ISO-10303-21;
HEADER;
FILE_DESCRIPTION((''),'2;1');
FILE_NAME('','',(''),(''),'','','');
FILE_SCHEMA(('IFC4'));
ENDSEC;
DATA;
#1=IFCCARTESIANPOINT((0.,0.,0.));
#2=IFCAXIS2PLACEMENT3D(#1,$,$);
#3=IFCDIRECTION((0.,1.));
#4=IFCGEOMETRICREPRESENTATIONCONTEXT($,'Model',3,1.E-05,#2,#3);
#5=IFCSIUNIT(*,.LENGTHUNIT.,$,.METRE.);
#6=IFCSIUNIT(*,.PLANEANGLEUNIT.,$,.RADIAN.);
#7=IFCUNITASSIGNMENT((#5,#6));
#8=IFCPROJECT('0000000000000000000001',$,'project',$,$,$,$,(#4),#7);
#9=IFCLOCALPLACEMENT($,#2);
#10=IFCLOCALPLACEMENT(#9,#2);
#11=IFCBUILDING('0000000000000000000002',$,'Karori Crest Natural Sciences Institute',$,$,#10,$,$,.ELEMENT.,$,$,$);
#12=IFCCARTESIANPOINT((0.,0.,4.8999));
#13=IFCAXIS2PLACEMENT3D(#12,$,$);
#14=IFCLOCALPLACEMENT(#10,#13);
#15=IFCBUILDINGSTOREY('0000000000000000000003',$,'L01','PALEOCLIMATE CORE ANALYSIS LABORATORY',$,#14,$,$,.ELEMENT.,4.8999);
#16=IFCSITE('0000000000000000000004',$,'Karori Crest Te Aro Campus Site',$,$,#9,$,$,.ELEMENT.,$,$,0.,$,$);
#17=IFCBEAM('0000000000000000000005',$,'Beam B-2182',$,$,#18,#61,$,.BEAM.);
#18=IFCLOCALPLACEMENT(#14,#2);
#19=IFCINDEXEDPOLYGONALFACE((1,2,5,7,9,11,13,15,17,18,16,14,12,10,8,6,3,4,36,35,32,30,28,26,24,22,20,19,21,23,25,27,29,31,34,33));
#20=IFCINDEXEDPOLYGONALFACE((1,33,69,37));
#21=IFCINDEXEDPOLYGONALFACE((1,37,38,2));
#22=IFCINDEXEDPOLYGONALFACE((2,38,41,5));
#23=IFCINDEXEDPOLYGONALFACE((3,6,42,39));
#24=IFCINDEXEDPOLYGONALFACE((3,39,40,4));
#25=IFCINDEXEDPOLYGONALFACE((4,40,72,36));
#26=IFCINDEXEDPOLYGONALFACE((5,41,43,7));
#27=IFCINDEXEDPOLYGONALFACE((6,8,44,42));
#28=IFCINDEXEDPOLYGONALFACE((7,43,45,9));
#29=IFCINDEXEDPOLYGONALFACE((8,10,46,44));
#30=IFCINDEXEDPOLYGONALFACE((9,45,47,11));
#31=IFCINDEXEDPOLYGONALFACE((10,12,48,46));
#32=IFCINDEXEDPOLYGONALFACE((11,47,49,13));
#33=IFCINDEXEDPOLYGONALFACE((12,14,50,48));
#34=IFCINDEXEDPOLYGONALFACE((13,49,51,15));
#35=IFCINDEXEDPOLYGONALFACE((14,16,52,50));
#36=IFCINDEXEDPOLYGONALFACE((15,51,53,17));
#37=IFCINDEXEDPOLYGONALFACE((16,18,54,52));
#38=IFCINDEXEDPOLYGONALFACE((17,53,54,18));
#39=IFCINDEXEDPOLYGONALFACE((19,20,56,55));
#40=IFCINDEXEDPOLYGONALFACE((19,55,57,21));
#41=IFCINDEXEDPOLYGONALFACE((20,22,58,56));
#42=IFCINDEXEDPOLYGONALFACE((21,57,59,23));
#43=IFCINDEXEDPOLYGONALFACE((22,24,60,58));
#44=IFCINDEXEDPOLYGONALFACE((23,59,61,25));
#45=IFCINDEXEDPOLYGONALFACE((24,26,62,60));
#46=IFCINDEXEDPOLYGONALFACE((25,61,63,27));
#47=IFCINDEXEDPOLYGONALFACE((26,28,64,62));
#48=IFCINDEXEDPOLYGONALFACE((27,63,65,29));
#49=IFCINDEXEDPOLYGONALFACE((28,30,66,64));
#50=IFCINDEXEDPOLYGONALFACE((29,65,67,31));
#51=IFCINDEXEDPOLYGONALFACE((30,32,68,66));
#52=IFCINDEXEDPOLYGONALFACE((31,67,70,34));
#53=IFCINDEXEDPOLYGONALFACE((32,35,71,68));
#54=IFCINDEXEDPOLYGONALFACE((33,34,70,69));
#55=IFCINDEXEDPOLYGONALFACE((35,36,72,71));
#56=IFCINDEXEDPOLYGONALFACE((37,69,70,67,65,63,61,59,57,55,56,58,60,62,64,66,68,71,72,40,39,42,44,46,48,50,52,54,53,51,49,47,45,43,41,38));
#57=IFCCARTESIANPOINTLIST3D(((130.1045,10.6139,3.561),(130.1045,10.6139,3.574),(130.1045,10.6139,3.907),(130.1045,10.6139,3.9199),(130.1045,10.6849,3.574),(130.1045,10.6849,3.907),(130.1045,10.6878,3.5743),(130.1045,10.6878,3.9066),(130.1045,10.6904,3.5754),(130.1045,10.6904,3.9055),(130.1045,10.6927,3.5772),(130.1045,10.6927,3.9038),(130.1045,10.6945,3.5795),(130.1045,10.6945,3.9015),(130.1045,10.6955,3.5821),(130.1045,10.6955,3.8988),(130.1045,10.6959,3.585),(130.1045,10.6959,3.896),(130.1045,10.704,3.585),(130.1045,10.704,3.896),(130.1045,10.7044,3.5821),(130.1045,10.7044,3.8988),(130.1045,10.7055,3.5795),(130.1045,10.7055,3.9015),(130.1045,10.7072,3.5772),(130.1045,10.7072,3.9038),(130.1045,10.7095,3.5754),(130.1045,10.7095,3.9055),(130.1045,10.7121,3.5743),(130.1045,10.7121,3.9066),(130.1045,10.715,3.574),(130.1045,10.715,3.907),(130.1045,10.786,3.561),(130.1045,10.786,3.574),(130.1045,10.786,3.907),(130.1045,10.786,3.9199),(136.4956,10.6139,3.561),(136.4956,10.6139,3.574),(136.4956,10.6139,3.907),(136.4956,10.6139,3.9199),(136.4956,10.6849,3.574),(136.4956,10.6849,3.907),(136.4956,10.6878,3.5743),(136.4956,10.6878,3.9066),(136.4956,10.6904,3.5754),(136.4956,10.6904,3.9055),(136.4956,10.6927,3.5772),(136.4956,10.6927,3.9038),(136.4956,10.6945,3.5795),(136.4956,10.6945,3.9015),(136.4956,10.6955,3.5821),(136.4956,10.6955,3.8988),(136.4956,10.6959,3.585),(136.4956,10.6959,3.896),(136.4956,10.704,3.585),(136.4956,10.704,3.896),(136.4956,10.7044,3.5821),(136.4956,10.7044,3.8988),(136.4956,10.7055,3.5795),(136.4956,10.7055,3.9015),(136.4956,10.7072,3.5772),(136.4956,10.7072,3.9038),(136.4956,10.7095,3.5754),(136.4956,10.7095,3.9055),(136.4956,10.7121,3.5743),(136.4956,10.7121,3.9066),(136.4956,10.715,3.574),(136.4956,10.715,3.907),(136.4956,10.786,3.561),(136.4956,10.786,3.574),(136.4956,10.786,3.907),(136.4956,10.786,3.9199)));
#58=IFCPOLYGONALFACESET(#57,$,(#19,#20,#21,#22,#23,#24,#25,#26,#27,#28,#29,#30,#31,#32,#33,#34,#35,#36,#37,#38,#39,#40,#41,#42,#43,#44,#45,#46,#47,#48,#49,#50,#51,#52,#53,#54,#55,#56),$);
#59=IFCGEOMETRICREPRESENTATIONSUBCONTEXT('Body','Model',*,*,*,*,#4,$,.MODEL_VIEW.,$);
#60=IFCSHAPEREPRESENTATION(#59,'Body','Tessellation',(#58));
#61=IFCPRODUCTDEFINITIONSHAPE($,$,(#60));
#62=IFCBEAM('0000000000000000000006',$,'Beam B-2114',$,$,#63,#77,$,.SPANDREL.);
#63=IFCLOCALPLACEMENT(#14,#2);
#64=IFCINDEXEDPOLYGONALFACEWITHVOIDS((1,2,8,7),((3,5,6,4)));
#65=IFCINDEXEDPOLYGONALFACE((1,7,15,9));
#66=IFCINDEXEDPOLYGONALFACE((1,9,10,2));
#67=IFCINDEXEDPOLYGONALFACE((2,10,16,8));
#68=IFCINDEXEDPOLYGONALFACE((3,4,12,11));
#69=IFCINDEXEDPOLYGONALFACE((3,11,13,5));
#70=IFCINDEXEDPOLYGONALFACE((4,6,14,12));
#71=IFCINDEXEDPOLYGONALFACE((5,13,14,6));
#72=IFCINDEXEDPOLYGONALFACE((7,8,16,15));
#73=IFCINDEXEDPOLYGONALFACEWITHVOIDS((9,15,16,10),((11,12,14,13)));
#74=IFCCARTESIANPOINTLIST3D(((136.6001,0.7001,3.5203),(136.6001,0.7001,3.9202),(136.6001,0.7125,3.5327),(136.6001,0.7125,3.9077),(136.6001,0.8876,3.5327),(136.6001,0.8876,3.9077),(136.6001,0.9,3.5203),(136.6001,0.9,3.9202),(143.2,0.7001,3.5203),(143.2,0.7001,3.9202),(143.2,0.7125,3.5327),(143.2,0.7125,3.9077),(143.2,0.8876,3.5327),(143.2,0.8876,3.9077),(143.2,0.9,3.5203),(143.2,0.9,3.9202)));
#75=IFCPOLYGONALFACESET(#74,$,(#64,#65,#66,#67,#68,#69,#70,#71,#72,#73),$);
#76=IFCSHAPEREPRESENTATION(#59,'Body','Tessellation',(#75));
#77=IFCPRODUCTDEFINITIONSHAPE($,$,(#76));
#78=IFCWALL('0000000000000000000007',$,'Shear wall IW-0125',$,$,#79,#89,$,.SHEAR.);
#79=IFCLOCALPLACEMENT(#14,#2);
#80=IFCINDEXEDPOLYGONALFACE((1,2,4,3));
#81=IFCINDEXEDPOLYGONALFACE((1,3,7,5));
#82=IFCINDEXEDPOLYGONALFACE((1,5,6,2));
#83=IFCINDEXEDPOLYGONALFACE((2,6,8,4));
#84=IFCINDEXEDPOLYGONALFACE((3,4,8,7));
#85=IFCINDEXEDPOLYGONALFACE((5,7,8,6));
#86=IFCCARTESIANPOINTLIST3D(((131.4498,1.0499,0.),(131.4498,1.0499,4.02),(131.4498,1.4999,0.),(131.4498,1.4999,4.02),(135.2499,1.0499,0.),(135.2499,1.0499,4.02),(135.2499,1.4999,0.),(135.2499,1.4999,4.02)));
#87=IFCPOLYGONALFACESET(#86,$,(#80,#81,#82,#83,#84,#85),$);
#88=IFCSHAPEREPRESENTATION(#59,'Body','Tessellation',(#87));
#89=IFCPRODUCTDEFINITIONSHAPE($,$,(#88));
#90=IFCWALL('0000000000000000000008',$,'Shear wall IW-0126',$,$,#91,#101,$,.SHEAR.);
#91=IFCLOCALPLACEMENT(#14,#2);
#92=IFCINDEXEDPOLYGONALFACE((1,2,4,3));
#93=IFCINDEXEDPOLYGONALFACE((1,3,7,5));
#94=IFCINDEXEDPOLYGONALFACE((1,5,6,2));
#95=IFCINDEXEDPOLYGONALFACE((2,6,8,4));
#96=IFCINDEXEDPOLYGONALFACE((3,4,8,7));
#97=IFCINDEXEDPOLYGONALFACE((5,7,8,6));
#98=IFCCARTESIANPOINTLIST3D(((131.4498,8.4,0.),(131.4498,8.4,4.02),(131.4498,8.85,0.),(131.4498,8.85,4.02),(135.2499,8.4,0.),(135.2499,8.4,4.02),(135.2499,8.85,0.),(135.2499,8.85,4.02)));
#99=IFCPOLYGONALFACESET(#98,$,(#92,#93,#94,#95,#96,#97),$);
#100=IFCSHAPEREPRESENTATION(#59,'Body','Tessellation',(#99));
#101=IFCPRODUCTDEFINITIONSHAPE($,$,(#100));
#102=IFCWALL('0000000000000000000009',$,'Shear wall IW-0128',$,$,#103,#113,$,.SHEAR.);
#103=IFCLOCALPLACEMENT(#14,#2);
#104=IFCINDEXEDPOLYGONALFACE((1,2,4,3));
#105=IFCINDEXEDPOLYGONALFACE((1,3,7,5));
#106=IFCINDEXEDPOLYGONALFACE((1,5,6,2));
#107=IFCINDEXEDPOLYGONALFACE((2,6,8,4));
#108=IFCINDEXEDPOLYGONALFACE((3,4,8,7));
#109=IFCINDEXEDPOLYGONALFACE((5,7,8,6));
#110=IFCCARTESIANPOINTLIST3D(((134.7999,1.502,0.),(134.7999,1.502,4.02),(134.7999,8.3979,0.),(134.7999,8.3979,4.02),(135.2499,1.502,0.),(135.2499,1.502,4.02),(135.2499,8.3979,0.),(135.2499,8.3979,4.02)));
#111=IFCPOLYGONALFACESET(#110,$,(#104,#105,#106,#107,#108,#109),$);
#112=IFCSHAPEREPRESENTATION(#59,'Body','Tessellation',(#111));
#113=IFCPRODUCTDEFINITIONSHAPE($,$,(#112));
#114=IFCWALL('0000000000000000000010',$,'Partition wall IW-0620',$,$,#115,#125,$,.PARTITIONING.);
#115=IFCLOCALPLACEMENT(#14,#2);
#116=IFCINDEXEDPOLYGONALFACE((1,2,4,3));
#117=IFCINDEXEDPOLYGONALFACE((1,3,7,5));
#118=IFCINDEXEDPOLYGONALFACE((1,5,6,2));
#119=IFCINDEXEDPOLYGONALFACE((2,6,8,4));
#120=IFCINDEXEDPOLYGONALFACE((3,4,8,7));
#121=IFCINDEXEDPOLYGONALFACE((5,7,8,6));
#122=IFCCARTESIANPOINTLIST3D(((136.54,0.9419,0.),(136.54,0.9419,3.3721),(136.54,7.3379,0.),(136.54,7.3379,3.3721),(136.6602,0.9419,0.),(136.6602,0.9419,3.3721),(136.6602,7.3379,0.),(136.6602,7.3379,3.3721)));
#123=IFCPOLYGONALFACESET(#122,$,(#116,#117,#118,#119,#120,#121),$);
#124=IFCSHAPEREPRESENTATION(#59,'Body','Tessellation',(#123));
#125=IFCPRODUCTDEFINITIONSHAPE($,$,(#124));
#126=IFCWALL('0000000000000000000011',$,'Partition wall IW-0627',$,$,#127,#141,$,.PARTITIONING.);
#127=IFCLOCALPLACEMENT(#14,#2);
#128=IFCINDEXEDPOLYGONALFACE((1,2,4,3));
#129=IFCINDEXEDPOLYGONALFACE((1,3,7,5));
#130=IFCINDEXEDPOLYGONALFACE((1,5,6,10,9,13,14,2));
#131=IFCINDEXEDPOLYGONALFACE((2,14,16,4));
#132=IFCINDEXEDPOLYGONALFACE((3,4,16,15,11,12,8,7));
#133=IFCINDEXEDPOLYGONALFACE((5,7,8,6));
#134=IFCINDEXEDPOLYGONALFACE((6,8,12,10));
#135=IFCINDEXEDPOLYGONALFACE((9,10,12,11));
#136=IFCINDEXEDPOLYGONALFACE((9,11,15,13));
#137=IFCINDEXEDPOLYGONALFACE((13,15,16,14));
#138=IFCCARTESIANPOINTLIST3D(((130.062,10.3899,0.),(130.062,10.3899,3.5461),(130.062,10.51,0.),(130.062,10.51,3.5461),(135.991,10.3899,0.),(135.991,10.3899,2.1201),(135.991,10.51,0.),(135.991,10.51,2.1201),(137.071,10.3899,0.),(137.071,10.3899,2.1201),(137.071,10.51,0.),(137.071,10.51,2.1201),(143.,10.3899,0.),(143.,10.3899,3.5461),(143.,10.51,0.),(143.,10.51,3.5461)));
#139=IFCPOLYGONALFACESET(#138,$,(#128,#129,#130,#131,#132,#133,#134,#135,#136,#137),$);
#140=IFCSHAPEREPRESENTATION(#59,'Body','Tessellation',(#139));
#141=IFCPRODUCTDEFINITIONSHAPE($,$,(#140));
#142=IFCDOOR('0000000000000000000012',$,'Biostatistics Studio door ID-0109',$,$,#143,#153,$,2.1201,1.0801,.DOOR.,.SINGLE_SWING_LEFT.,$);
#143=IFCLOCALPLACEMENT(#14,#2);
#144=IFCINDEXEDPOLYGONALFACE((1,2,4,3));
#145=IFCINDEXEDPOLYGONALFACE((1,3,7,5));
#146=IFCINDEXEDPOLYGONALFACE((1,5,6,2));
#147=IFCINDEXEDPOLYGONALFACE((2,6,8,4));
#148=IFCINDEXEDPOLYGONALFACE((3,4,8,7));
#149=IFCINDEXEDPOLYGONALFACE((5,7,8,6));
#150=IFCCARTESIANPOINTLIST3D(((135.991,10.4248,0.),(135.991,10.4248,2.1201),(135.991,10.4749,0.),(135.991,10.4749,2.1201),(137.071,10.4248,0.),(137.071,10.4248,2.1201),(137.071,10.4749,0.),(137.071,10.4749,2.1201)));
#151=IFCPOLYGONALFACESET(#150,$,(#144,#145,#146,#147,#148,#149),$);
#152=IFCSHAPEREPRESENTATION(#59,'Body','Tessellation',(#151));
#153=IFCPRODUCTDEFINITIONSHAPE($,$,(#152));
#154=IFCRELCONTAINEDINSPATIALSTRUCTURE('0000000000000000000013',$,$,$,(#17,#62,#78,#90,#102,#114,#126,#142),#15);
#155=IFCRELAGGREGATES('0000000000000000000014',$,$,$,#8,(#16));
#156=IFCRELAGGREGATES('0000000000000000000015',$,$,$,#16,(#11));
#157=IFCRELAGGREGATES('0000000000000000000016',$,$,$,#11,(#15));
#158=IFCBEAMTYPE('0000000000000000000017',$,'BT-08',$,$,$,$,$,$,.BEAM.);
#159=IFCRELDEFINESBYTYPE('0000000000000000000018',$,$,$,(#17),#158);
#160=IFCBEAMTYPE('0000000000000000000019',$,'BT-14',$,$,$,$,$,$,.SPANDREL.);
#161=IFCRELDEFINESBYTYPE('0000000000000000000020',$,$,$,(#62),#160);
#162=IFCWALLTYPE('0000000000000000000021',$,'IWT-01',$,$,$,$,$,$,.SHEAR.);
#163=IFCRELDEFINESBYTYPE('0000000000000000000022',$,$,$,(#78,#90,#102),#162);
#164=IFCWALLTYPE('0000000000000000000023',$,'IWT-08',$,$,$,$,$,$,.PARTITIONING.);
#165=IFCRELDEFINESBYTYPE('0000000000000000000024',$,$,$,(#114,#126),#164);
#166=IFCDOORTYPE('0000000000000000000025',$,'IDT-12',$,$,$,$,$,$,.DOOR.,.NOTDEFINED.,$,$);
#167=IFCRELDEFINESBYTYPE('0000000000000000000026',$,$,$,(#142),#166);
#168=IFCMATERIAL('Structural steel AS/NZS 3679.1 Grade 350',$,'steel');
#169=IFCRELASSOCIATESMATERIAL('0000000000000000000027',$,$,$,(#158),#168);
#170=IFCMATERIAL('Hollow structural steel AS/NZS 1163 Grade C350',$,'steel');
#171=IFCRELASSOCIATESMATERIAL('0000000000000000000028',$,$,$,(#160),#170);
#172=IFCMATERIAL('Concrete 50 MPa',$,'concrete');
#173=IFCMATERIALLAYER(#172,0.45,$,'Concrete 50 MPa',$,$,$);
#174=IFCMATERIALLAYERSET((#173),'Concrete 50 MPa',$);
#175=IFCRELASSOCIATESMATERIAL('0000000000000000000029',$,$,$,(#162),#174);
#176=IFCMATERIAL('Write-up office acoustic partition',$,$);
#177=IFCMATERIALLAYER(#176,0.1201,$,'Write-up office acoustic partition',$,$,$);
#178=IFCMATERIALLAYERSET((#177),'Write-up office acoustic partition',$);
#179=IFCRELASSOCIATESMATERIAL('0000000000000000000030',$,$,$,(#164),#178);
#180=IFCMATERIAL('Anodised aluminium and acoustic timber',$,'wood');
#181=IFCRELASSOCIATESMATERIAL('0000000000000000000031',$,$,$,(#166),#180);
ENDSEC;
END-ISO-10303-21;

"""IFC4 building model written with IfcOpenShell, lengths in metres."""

from ifc_helpers import new_model, si_unit, direction, frame, frame_2d, origin, origin_2d, place, context, subcontext, project, spatial, rectangle, hollow_rectangle, i_section, extrude, material, layer, layer_set, material_profile, profile_set, type_object, element, fill, save


model = new_model("IFC4")

# Units and contexts
model_context = context("Model", 3, precision=1e-05, world=origin(), true_north=direction((0.0, 1.0)))
body_context = subcontext(model_context, "Body", "Model", "MODEL_VIEW")
ifc_project = project(units=[si_unit("LENGTHUNIT", "METRE"), si_unit("PLANEANGLEUNIT", "RADIAN")], contexts=[model_context])

# Site, building, storey
site_placement = place(None, origin())
site = spatial("IfcSite", under=ifc_project, at=site_placement, Name="Karori Crest Te Aro Campus Site", CompositionType="ELEMENT", RefElevation=0.0)
building_placement = place(site_placement, origin())
building = spatial("IfcBuilding", under=site, at=building_placement, Name="Karori Crest Natural Sciences Institute", CompositionType="ELEMENT")
storey_placement = place(building_placement, frame((0.0, 0.0, 4.8999)))
storey = spatial("IfcBuildingStorey", under=building, at=storey_placement, Name="L01", Description="PALEOCLIMATE CORE ANALYSIS LABORATORY", CompositionType="ELEMENT", Elevation=4.8999)

# Shared definitions
ifc_material_1 = material(Name="Structural steel AS/NZS 3679.1 Grade 350", Category="steel")

# Beams
ifc_material_profile_1 = material_profile(ifc_material_1, i_section(OverallWidth=0.1721, OverallDepth=0.3589, WebThickness=0.0081, FlangeThickness=0.0129, FilletRadius=0.011, at=origin_2d()), Name="360UB56.7")
ifc_profile_set_1 = profile_set([ifc_material_profile_1], Name="Structural steel AS/NZS 3679.1 Grade 350")
beam_type_1 = type_object("IfcBeamType", Name="BT-08", PredefinedType="BEAM", material=ifc_profile_set_1)
beam_1_placement = place(storey_placement, frame((130.1045, 10.7, 3.7405), z_axis=(1.0, 0.0, 0.0), x_axis=(0.0, 1.0, 0.0)))
element("IfcBeam", 1, at=beam_1_placement, inside=storey, type_object=beam_type_1, Name="Beam B-2182", PredefinedType="BEAM", context=body_context, shape_type="SweptSolid", body=[
    extrude(i_section(OverallWidth=0.1721, OverallDepth=0.3589, WebThickness=0.0081, FlangeThickness=0.0129, FilletRadius=0.011, at=origin_2d()), origin(), (0.0, 0.0, 1.0), 6.3911),
])
ifc_material_2 = material(Name="Hollow structural steel AS/NZS 1163 Grade C350", Category="steel")
ifc_material_profile_2 = material_profile(ifc_material_2, hollow_rectangle(XDim=0.2, YDim=0.3999, WallThickness=0.0125, at=origin_2d()), Name="RHS400x200x12.5")
ifc_profile_set_2 = profile_set([ifc_material_profile_2], Name="Hollow structural steel AS/NZS 1163 Grade C350")
beam_type_2 = type_object("IfcBeamType", Name="BT-14", PredefinedType="SPANDREL", material=ifc_profile_set_2)
beam_2_placement = place(storey_placement, frame((136.6001, 0.8, 3.7202), z_axis=(1.0, 0.0, 0.0), x_axis=(0.0, 1.0, 0.0)))
element("IfcBeam", 2, at=beam_2_placement, inside=storey, type_object=beam_type_2, Name="Beam B-2114", PredefinedType="SPANDREL", context=body_context, shape_type="SweptSolid", body=[
    extrude(hollow_rectangle(XDim=0.2, YDim=0.3999, WallThickness=0.0125, at=origin_2d()), origin(), (0.0, 0.0, 1.0), 6.5999),
])

# Walls
ifc_material_3 = material(Name="Concrete 50 MPa", Category="concrete")
ifc_layer_1 = layer(ifc_material_3, 0.45, Name="Concrete 50 MPa")
ifc_layer_set_1 = layer_set([ifc_layer_1], Name="Concrete 50 MPa")
wall_type_1 = type_object("IfcWallType", Name="IWT-01", PredefinedType="SHEAR", material=ifc_layer_set_1)
for number, where, z_axis, x_axis, name in (
    (3, (131.45, 1.2749, 0.0), (0.0, 0.0, 1.0), (1.0, 0.0, 0.0), "Shear wall IW-0125"),
    (4, (131.45, 8.625, 0.0), (0.0, 0.0, 1.0), (1.0, 0.0, 0.0), "Shear wall IW-0126"),
):
    element("IfcWall", number, at=place(storey_placement, frame(where, z_axis=z_axis, x_axis=x_axis)), inside=storey, type_object=wall_type_1, Name=name, PredefinedType="SHEAR", context=body_context, shape_type="SweptSolid", body=[
        extrude(rectangle(XDim=3.8, YDim=0.45, at=frame_2d((1.8999, 0.0))), origin(), (0.0, 0.0, 1.0), 4.02),
    ])

# Walls
wall_1_placement = place(storey_placement, frame((135.0249, 1.502, 0.0), z_axis=(0.0, 0.0, 1.0), x_axis=(0.0, 1.0, 0.0)))
element("IfcWall", 5, at=wall_1_placement, inside=storey, type_object=wall_type_1, Name="Shear wall IW-0128", PredefinedType="SHEAR", context=body_context, shape_type="SweptSolid", body=[
    extrude(rectangle(XDim=6.896, YDim=0.45, at=frame_2d((3.448, 0.0))), origin(), (0.0, 0.0, 1.0), 4.02),
])
ifc_material_4 = material(Name="Write-up office acoustic partition")
ifc_layer_2 = layer(ifc_material_4, 0.1201, Name="Write-up office acoustic partition")
ifc_layer_set_2 = layer_set([ifc_layer_2], Name="Write-up office acoustic partition")
wall_type_2 = type_object("IfcWallType", Name="IWT-08", PredefinedType="PARTITIONING", material=ifc_layer_set_2)
wall_2_placement = place(storey_placement, frame((136.6001, 0.9419, 0.0), z_axis=(0.0, 0.0, 1.0), x_axis=(0.0, 1.0, 0.0)))
element("IfcWall", 6, at=wall_2_placement, inside=storey, type_object=wall_type_2, Name="Partition wall IW-0620", PredefinedType="PARTITIONING", context=body_context, shape_type="SweptSolid", body=[
    extrude(rectangle(XDim=6.396, YDim=0.1201, at=frame_2d((3.198, 0.0))), origin(), (0.0, 0.0, 1.0), 3.3721),
])

# Wall, opening, door
wall_3_placement = place(storey_placement, frame((130.062, 10.45, 0.0), z_axis=(0.0, 0.0, 1.0), x_axis=(1.0, 0.0, 0.0)))
wall_3 = element("IfcWall", 7, at=wall_3_placement, inside=storey, type_object=wall_type_2, Name="Partition wall IW-0627", PredefinedType="PARTITIONING", context=body_context, shape_type="SweptSolid", body=[
    extrude(rectangle(XDim=12.938, YDim=0.1201, at=frame_2d((6.469, 0.0))), origin(), (0.0, 0.0, 1.0), 3.5461),
])
opening_1_placement = place(wall_3_placement, frame((5.929, 0.0, 0.0)))
opening_1 = element("IfcOpeningElement", 8, at=opening_1_placement, cuts=wall_3, PredefinedType="OPENING", context=body_context, shape_type="SweptSolid", body=[
    extrude(rectangle(XDim=1.0801, YDim=2.1201, at=frame_2d((0.54, 1.0601))), frame((0.0, 0.0701, 0.0), z_axis=(0.0, -1.0, 0.0), x_axis=(1.0, 0.0, 0.0)), (0.0, 0.0, 1.0), 0.1401),
])
ifc_material_5 = material(Name="Anodised aluminium and acoustic timber", Category="wood")
door_type_1 = type_object("IfcDoorType", Name="IDT-12", OperationType="NOTDEFINED", PredefinedType="DOOR", material=ifc_material_5)
door_1_placement = place(opening_1_placement, origin())
door_1 = element("IfcDoor", 9, at=door_1_placement, inside=storey, type_object=door_type_1, Name="Biostatistics Studio door ID-0109", OperationType="SINGLE_SWING_LEFT", OverallHeight=2.1201, OverallWidth=1.0801, PredefinedType="DOOR", context=body_context, shape_type="SweptSolid", body=[
    extrude(rectangle(XDim=1.0801, YDim=2.1201, at=frame_2d((0.54, 1.0601))), frame((0.0, 0.0249, 0.0), z_axis=(0.0, -1.0, 0.0), x_axis=(1.0, 0.0, 0.0)), (0.0, 0.0, 1.0), 0.05),
])
fill(opening_1, door_1)

save(model, "model.ifc")
